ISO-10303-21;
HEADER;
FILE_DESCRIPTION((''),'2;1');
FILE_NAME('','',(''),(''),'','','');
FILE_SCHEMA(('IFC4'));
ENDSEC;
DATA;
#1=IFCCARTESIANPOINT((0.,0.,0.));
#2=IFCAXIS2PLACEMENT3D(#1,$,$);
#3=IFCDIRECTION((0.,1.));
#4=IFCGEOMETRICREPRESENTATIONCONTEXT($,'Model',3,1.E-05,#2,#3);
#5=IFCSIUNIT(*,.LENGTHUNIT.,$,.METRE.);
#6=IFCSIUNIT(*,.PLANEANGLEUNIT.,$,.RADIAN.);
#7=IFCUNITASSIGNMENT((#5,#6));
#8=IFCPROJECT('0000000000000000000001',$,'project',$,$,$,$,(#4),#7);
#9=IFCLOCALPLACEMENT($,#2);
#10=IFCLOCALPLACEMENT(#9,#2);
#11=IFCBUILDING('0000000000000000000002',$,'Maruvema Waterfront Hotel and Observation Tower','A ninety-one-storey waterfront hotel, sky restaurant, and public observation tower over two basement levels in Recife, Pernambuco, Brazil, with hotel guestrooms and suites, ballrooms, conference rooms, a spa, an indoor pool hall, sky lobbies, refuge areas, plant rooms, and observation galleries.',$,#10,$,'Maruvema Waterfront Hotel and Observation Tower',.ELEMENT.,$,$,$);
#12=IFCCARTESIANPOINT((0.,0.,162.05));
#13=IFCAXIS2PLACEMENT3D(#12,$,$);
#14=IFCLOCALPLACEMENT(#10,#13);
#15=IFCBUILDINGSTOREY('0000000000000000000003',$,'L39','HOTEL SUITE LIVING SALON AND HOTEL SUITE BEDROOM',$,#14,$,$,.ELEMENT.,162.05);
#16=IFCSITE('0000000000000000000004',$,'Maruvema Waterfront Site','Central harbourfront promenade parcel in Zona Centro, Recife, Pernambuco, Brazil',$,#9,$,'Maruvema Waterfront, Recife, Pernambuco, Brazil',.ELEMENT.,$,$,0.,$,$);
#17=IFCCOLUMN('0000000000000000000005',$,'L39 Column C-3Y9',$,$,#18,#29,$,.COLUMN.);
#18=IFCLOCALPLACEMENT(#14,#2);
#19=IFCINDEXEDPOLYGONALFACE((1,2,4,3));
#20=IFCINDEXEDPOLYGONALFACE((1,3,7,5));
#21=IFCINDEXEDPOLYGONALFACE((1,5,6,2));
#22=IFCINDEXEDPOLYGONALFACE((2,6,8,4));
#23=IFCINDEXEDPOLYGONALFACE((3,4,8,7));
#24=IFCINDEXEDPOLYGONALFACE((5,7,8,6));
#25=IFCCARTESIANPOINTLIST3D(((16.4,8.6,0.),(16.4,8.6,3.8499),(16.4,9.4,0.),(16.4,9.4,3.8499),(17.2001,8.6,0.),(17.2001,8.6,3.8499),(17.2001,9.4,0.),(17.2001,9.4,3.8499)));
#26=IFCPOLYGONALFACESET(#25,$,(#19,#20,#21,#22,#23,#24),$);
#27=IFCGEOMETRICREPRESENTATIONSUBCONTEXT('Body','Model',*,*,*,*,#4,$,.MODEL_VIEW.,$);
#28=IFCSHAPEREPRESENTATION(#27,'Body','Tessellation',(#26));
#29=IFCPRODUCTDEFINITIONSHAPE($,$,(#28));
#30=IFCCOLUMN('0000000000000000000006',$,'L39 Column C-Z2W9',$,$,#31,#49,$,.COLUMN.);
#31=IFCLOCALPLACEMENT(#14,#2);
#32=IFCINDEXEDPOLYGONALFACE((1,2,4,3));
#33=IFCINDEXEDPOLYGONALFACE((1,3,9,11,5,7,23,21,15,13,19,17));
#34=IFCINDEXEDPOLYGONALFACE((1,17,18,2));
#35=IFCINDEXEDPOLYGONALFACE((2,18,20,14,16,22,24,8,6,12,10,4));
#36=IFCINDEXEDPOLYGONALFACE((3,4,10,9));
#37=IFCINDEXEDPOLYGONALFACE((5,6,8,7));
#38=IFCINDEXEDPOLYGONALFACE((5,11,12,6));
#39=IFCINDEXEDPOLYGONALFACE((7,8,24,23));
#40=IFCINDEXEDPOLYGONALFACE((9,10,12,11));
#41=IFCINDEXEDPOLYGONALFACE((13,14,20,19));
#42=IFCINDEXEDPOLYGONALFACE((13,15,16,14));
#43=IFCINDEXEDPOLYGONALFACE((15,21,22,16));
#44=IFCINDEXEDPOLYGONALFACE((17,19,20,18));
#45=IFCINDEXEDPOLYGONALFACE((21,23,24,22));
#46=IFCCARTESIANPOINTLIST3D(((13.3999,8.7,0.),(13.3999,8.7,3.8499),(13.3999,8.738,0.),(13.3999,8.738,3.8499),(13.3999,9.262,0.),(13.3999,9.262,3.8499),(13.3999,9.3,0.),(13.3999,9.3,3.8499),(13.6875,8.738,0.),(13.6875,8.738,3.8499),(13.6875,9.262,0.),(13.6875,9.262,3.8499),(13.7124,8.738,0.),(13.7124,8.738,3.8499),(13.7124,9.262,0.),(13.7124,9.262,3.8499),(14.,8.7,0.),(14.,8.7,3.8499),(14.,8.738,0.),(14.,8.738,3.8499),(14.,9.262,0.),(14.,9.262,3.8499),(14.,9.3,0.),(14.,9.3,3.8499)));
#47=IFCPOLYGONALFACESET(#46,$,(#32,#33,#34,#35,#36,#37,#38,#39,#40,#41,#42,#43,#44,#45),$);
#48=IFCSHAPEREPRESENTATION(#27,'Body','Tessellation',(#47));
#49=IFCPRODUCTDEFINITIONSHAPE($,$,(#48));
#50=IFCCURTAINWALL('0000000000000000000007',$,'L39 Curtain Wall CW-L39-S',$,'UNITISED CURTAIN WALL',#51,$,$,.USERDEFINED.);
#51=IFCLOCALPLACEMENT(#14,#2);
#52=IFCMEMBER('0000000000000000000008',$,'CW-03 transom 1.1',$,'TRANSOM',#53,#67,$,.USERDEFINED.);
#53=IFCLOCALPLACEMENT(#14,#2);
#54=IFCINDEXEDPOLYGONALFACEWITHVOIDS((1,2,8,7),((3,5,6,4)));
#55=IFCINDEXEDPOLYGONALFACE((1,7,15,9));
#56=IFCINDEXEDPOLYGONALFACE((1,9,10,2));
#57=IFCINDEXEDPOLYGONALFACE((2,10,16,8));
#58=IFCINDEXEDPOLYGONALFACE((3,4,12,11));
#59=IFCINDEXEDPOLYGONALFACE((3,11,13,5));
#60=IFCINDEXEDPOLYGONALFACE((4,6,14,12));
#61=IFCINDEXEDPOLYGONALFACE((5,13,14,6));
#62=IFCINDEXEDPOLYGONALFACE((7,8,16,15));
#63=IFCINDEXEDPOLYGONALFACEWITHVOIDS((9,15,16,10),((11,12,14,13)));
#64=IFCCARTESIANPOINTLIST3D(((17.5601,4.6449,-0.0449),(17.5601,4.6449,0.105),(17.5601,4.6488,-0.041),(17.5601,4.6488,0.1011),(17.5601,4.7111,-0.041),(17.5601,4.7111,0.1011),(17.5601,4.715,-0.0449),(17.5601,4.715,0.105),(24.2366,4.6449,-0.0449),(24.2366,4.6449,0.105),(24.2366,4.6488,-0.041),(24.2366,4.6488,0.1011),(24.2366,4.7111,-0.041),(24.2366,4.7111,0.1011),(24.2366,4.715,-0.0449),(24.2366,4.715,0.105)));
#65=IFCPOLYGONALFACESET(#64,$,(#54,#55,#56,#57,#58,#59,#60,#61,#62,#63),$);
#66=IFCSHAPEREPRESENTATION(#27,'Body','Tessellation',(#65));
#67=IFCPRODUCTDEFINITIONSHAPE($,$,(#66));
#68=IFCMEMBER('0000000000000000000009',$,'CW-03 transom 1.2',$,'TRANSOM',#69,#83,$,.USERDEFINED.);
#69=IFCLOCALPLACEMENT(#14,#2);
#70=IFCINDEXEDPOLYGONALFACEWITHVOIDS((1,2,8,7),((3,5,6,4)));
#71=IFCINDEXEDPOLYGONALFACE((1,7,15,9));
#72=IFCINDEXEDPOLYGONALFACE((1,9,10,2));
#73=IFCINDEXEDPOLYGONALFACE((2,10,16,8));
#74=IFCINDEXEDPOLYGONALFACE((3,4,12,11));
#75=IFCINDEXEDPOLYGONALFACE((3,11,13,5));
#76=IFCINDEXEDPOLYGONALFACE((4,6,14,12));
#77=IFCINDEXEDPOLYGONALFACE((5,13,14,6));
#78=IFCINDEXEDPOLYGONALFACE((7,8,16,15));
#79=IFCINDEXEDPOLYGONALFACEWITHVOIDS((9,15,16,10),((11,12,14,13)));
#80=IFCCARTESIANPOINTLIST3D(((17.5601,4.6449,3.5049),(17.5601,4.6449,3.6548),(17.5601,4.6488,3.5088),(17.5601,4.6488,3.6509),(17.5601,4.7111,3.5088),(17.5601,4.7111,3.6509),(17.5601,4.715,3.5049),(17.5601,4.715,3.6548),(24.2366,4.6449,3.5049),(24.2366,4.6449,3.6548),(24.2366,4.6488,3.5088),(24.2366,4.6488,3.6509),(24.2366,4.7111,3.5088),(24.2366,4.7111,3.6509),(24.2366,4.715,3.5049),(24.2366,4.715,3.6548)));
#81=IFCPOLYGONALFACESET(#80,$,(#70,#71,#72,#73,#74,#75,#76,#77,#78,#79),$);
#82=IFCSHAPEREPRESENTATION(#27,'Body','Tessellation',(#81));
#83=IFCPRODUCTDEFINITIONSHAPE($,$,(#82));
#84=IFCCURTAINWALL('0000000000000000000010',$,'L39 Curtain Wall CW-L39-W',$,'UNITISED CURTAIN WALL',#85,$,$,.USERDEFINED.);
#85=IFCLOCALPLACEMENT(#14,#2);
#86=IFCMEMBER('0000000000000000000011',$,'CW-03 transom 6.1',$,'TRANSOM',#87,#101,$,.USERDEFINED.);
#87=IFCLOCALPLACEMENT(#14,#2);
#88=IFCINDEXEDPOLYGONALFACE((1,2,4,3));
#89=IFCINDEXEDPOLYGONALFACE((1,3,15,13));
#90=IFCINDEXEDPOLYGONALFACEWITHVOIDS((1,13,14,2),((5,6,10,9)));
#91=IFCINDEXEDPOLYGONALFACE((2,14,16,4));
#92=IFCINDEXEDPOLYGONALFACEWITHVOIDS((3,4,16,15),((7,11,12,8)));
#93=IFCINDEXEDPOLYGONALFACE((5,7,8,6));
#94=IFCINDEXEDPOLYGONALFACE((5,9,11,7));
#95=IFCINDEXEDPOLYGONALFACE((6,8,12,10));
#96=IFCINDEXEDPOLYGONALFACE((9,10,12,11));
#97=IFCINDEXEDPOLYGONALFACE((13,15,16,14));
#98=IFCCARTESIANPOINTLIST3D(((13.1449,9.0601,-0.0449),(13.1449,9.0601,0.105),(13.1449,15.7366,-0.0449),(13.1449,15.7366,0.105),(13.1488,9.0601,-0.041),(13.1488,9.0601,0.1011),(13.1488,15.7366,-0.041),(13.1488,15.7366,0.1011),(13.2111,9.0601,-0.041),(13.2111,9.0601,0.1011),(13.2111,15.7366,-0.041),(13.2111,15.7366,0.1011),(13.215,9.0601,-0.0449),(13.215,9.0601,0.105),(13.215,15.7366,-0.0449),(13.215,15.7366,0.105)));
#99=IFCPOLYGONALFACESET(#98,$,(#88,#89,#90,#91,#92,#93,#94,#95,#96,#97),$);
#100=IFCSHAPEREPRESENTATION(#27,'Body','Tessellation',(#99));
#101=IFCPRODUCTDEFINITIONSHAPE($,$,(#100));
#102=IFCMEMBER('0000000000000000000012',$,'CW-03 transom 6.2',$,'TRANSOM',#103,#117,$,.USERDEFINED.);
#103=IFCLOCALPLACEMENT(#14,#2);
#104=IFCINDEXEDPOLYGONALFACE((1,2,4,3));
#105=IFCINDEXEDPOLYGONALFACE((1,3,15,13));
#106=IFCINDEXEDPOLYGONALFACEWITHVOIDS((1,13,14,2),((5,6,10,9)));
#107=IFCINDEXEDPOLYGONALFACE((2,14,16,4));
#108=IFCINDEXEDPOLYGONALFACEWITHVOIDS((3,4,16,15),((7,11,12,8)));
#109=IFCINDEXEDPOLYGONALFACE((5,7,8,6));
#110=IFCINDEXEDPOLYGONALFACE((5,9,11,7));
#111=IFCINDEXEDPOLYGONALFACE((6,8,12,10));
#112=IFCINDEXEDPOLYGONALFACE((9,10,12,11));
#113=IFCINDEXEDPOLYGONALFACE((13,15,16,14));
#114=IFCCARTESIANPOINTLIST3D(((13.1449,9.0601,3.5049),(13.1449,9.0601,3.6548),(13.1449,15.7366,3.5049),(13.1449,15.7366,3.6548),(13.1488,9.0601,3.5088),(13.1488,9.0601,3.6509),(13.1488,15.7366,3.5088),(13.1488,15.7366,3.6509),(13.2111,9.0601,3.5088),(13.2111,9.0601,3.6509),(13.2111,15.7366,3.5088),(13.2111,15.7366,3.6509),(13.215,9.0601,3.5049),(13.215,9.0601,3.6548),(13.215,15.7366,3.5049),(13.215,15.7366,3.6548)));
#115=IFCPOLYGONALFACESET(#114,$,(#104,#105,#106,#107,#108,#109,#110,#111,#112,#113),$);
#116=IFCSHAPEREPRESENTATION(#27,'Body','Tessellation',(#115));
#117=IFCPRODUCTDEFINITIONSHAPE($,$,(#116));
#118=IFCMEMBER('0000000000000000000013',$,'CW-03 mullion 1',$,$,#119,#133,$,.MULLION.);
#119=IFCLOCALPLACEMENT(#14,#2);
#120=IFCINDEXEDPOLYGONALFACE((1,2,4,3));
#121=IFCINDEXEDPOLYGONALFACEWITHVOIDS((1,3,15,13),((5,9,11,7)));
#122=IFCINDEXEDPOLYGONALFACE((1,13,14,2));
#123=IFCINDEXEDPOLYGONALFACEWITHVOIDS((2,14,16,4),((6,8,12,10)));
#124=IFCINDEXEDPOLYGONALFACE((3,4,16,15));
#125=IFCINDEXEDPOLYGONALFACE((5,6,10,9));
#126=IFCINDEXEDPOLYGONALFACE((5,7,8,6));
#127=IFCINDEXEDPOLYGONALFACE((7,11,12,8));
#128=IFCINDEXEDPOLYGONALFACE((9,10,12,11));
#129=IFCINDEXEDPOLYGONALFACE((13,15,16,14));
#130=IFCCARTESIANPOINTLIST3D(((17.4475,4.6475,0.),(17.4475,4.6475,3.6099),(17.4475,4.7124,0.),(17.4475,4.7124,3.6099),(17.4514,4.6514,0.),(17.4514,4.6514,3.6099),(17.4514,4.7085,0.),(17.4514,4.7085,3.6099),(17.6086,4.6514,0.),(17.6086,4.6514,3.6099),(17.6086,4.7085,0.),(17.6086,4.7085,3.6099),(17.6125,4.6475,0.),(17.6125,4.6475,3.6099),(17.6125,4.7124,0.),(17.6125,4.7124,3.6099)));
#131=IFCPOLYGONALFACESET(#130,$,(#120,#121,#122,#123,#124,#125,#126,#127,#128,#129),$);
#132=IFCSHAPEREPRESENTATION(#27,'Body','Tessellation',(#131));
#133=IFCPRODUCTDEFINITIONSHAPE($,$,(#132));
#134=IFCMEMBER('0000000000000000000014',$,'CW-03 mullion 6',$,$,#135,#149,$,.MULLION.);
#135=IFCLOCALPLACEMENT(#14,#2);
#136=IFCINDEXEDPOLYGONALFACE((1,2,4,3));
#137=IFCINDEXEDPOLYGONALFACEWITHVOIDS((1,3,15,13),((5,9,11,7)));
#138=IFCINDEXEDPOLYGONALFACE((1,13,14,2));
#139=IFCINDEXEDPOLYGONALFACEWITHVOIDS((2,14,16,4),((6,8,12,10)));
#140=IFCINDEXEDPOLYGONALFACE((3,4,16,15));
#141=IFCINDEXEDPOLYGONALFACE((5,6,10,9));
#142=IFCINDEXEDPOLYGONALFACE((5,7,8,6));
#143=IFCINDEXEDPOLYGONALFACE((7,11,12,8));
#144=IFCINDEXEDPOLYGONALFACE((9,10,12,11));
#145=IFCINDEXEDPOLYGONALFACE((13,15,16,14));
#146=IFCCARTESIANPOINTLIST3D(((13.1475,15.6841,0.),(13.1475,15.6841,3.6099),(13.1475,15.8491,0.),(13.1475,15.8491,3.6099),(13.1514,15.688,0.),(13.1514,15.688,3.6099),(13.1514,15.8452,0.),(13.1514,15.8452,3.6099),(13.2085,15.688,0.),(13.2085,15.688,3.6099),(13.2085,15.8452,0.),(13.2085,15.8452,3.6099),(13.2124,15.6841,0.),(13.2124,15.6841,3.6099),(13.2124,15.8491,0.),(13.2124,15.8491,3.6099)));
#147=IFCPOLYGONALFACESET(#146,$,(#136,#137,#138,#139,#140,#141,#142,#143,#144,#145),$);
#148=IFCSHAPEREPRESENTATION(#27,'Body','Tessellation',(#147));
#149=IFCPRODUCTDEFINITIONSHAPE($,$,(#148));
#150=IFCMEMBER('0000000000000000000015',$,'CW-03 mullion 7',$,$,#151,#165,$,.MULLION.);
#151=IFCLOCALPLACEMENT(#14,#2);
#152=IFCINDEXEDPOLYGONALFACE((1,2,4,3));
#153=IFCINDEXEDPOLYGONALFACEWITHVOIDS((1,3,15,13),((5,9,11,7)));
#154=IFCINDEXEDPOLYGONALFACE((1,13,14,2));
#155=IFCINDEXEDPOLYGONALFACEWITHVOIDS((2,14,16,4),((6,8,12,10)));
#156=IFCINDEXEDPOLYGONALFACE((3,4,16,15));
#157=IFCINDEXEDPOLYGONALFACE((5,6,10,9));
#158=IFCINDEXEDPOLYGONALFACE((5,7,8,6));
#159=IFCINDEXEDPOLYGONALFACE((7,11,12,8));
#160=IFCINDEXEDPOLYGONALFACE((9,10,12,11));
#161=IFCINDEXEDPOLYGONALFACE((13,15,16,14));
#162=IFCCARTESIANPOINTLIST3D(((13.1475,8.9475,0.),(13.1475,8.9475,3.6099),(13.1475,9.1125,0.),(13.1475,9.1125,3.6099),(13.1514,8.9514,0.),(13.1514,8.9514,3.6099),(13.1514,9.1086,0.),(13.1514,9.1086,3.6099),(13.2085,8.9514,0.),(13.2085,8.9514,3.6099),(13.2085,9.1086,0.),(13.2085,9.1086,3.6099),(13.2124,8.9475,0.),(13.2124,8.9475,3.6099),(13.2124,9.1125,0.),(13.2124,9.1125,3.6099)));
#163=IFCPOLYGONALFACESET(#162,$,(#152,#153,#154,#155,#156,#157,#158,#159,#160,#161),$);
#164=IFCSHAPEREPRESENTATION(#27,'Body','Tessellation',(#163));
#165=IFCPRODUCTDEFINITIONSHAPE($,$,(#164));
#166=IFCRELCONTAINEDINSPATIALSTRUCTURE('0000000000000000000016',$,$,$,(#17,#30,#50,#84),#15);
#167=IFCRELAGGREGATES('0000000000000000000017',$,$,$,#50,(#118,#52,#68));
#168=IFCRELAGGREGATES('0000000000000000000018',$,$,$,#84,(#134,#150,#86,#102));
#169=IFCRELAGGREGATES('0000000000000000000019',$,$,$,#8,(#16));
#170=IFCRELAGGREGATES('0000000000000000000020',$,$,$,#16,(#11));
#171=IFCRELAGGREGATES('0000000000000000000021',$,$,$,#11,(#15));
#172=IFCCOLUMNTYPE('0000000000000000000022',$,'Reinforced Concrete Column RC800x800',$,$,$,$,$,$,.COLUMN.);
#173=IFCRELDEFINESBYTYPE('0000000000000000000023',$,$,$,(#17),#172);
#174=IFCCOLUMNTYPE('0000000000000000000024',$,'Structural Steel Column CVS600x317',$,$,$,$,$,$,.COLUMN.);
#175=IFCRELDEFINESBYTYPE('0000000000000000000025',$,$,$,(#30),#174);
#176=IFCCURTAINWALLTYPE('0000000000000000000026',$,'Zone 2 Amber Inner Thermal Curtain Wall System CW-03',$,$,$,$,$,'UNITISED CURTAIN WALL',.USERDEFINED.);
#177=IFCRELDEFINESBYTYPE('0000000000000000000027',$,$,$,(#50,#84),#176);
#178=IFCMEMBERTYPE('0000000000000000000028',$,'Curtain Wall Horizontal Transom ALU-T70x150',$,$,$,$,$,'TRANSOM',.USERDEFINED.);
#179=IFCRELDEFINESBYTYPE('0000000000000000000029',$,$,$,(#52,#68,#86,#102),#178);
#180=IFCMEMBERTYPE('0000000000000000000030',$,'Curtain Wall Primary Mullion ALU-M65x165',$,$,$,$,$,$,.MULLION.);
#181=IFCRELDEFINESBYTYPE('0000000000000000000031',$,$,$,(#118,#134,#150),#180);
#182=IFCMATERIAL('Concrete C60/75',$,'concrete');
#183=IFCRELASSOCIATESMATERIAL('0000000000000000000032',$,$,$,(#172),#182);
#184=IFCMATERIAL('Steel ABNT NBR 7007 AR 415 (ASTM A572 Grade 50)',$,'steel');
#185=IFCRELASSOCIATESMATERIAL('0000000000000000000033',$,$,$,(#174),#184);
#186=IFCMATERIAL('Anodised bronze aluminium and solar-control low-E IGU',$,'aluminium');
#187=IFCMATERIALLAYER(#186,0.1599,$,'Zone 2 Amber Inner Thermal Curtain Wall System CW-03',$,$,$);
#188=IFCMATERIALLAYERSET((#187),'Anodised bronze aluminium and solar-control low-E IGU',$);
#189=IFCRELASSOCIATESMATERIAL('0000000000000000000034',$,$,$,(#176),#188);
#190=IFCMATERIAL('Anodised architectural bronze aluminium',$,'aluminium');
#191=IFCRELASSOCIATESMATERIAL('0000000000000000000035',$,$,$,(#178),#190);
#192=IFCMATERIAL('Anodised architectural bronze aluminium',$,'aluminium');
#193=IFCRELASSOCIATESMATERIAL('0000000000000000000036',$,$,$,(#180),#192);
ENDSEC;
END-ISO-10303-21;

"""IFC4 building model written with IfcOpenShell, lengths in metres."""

from ifc_helpers import new_model, si_unit, direction, frame, origin, origin_2d, place, context, subcontext, project, spatial, rectangle, hollow_rectangle, i_section, extrude, material, layer, layer_set, material_profile, profile_set, type_object, element, aggregate, save


model = new_model("IFC4")

# Units and contexts
model_context = context("Model", 3, precision=1e-05, world=origin(), true_north=direction((0.0, 1.0)))
body_context = subcontext(model_context, "Body", "Model", "MODEL_VIEW")
ifc_project = project(units=[si_unit("LENGTHUNIT", "METRE"), si_unit("PLANEANGLEUNIT", "RADIAN")], contexts=[model_context])

# Site, building, storey
site_placement = place(None, origin())
site = spatial("IfcSite", under=ifc_project, at=site_placement, Name="Maruvema Waterfront Site", Description="Central harbourfront promenade parcel in Zona Centro, Recife, Pernambuco, Brazil", LongName="Maruvema Waterfront, Recife, Pernambuco, Brazil", CompositionType="ELEMENT", RefElevation=0.0)
building_placement = place(site_placement, origin())
building = spatial("IfcBuilding", under=site, at=building_placement, Name="Maruvema Waterfront Hotel and Observation Tower", Description="A ninety-one-storey waterfront hotel, sky restaurant, and public observation tower over two basement levels in Recife, Pernambuco, Brazil, with hotel guestrooms and suites, ballrooms, conference rooms, a spa, an indoor pool hall, sky lobbies, refuge areas, plant rooms, and observation galleries.", LongName="Maruvema Waterfront Hotel and Observation Tower", CompositionType="ELEMENT")
storey_placement = place(building_placement, frame((0.0, 0.0, 162.05)))
storey = spatial("IfcBuildingStorey", under=building, at=storey_placement, Name="L39", Description="HOTEL SUITE LIVING SALON AND HOTEL SUITE BEDROOM", CompositionType="ELEMENT", Elevation=162.05)

# Columns
ifc_material_1 = material(Name="Concrete C60/75", Category="concrete")
ifc_material_profile_1 = material_profile(ifc_material_1, rectangle(XDim=0.8, YDim=0.8, at=origin_2d()), Name="RC800x800")
ifc_profile_set_1 = profile_set([ifc_material_profile_1], Name="Concrete C60/75")
column_type_1 = type_object("IfcColumnType", Name="Reinforced Concrete Column RC800x800", PredefinedType="COLUMN", material=ifc_profile_set_1)
column_1_placement = place(storey_placement, frame((16.8, 9.0, 0.0), z_axis=(0.0, 0.0, 1.0), x_axis=(1.0, 0.0, 0.0)))
element("IfcColumn", 1, at=column_1_placement, inside=storey, type_object=column_type_1, Name="L39 Column C-3Y9", PredefinedType="COLUMN", context=body_context, shape_type="SweptSolid", body=[
    extrude(rectangle(XDim=0.8, YDim=0.8, at=origin_2d()), origin(), (0.0, 0.0, 1.0), 3.8499),
])
ifc_material_2 = material(Name="Steel ABNT NBR 7007 AR 415 (ASTM A572 Grade 50)", Category="steel")
ifc_material_profile_2 = material_profile(ifc_material_2, i_section(OverallWidth=0.6001, OverallDepth=0.6001, WebThickness=0.0249, FlangeThickness=0.0381, at=origin_2d()), Name="CVS600x317")
ifc_profile_set_2 = profile_set([ifc_material_profile_2], Name="Steel ABNT NBR 7007 AR 415 (ASTM A572 Grade 50)")
column_type_2 = type_object("IfcColumnType", Name="Structural Steel Column CVS600x317", PredefinedType="COLUMN", material=ifc_profile_set_2)
column_2_placement = place(storey_placement, frame((13.7, 9.0, 0.0), z_axis=(0.0, 0.0, 1.0), x_axis=(1.0, 0.0, 0.0)))
element("IfcColumn", 2, at=column_2_placement, inside=storey, type_object=column_type_2, Name="L39 Column C-Z2W9", PredefinedType="COLUMN", context=body_context, shape_type="SweptSolid", body=[
    extrude(i_section(OverallWidth=0.6001, OverallDepth=0.6001, WebThickness=0.0249, FlangeThickness=0.0381, at=origin_2d()), origin(), (0.0, 0.0, 1.0), 3.8499),
])

# Curtain walls, members
ifc_material_3 = material(Name="Anodised bronze aluminium and solar-control low-E IGU", Category="aluminium")
ifc_layer_1 = layer(ifc_material_3, 0.1599, Name="Zone 2 Amber Inner Thermal Curtain Wall System CW-03")
ifc_layer_set_1 = layer_set([ifc_layer_1], Name="Anodised bronze aluminium and solar-control low-E IGU")
curtain_wall_type = type_object("IfcCurtainWallType", Name="Zone 2 Amber Inner Thermal Curtain Wall System CW-03", ElementType="UNITISED CURTAIN WALL", PredefinedType="USERDEFINED", material=ifc_layer_set_1)
curtain_wall_1_placement = place(storey_placement, origin())
curtain_wall_1 = element("IfcCurtainWall", 3, at=curtain_wall_1_placement, inside=storey, type_object=curtain_wall_type, Name="L39 Curtain Wall CW-L39-S", ObjectType="UNITISED CURTAIN WALL", PredefinedType="USERDEFINED")
ifc_material_4 = material(Name="Anodised architectural bronze aluminium", Category="aluminium")
ifc_material_profile_3 = material_profile(ifc_material_4, hollow_rectangle(XDim=0.0701, YDim=0.1499, WallThickness=0.0039, at=origin_2d()), Name="ALU-T70x150")
ifc_profile_set_3 = profile_set([ifc_material_profile_3], Name="Anodised architectural bronze aluminium")
member_type_1 = type_object("IfcMemberType", Name="Curtain Wall Horizontal Transom ALU-T70x150", ElementType="TRANSOM", PredefinedType="USERDEFINED", material=ifc_profile_set_3)
member_1_placement = place(storey_placement, frame((17.5601, 4.6799, 0.03), z_axis=(1.0, 0.0, 0.0), x_axis=(0.0, 1.0, 0.0)))
member_1 = element("IfcMember", 4, at=member_1_placement, type_object=member_type_1, Name="CW-03 transom 1.1", ObjectType="TRANSOM", PredefinedType="USERDEFINED", context=body_context, shape_type="SweptSolid", body=[
    extrude(hollow_rectangle(XDim=0.0701, YDim=0.1499, WallThickness=0.0039, at=origin_2d()), origin(), (0.0, 0.0, 1.0), 6.6765),
])
member_2_placement = place(storey_placement, frame((17.5601, 4.6799, 3.5798), z_axis=(1.0, 0.0, 0.0), x_axis=(0.0, 1.0, 0.0)))
member_2 = element("IfcMember", 5, at=member_2_placement, type_object=member_type_1, Name="CW-03 transom 1.2", ObjectType="TRANSOM", PredefinedType="USERDEFINED", context=body_context, shape_type="SweptSolid", body=[
    extrude(hollow_rectangle(XDim=0.0701, YDim=0.1499, WallThickness=0.0039, at=origin_2d()), origin(), (0.0, 0.0, 1.0), 6.6765),
])
curtain_wall_2_placement = place(storey_placement, origin())
curtain_wall_2 = element("IfcCurtainWall", 6, at=curtain_wall_2_placement, inside=storey, type_object=curtain_wall_type, Name="L39 Curtain Wall CW-L39-W", ObjectType="UNITISED CURTAIN WALL", PredefinedType="USERDEFINED")
member_3_placement = place(storey_placement, frame((13.1799, 15.7366, 0.03), z_axis=(0.0, -1.0, 0.0), x_axis=(1.0, 0.0, 0.0)))
member_3 = element("IfcMember", 7, at=member_3_placement, type_object=member_type_1, Name="CW-03 transom 6.1", ObjectType="TRANSOM", PredefinedType="USERDEFINED", context=body_context, shape_type="SweptSolid", body=[
    extrude(hollow_rectangle(XDim=0.0701, YDim=0.1499, WallThickness=0.0039, at=origin_2d()), origin(), (0.0, 0.0, 1.0), 6.6765),
])
member_4_placement = place(storey_placement, frame((13.1799, 15.7366, 3.5798), z_axis=(0.0, -1.0, 0.0), x_axis=(1.0, 0.0, 0.0)))
member_4 = element("IfcMember", 8, at=member_4_placement, type_object=member_type_1, Name="CW-03 transom 6.2", ObjectType="TRANSOM", PredefinedType="USERDEFINED", context=body_context, shape_type="SweptSolid", body=[
    extrude(hollow_rectangle(XDim=0.0701, YDim=0.1499, WallThickness=0.0039, at=origin_2d()), origin(), (0.0, 0.0, 1.0), 6.6765),
])

# Members
ifc_material_5 = material(Name="Anodised architectural bronze aluminium", Category="aluminium")
ifc_material_profile_4 = material_profile(ifc_material_5, hollow_rectangle(XDim=0.0649, YDim=0.165, WallThickness=0.0039, at=origin_2d()), Name="ALU-M65x165")
ifc_profile_set_4 = profile_set([ifc_material_profile_4], Name="Anodised architectural bronze aluminium")
member_type_2 = type_object("IfcMemberType", Name="Curtain Wall Primary Mullion ALU-M65x165", PredefinedType="MULLION", material=ifc_profile_set_4)
member_5_placement = place(storey_placement, frame((17.53, 4.6799, 0.0), z_axis=(0.0, 0.0, 1.0), x_axis=(0.0, 1.0, 0.0)))
member_5 = element("IfcMember", 9, at=member_5_placement, type_object=member_type_2, Name="CW-03 mullion 1", PredefinedType="MULLION", context=body_context, shape_type="SweptSolid", body=[
    extrude(hollow_rectangle(XDim=0.0649, YDim=0.165, WallThickness=0.0039, at=origin_2d()), origin(), (0.0, 0.0, 1.0), 3.6099),
])
member_6_placement = place(storey_placement, frame((13.1799, 15.7666, 0.0), z_axis=(0.0, 0.0, 1.0), x_axis=(1.0, 0.0, 0.0)))
member_6 = element("IfcMember", 10, at=member_6_placement, type_object=member_type_2, Name="CW-03 mullion 6", PredefinedType="MULLION", context=body_context, shape_type="SweptSolid", body=[
    extrude(hollow_rectangle(XDim=0.0649, YDim=0.165, WallThickness=0.0039, at=origin_2d()), origin(), (0.0, 0.0, 1.0), 3.6099),
])
member_7_placement = place(storey_placement, frame((13.1799, 9.03, 0.0), z_axis=(0.0, 0.0, 1.0), x_axis=(1.0, 0.0, 0.0)))
member_7 = element("IfcMember", 11, at=member_7_placement, type_object=member_type_2, Name="CW-03 mullion 7", PredefinedType="MULLION", context=body_context, shape_type="SweptSolid", body=[
    extrude(hollow_rectangle(XDim=0.0649, YDim=0.165, WallThickness=0.0039, at=origin_2d()), origin(), (0.0, 0.0, 1.0), 3.6099),
])

aggregate(curtain_wall_1, [member_5, member_1, member_2])
aggregate(curtain_wall_2, [member_6, member_7, member_3, member_4])

save(model, "model.ifc")
